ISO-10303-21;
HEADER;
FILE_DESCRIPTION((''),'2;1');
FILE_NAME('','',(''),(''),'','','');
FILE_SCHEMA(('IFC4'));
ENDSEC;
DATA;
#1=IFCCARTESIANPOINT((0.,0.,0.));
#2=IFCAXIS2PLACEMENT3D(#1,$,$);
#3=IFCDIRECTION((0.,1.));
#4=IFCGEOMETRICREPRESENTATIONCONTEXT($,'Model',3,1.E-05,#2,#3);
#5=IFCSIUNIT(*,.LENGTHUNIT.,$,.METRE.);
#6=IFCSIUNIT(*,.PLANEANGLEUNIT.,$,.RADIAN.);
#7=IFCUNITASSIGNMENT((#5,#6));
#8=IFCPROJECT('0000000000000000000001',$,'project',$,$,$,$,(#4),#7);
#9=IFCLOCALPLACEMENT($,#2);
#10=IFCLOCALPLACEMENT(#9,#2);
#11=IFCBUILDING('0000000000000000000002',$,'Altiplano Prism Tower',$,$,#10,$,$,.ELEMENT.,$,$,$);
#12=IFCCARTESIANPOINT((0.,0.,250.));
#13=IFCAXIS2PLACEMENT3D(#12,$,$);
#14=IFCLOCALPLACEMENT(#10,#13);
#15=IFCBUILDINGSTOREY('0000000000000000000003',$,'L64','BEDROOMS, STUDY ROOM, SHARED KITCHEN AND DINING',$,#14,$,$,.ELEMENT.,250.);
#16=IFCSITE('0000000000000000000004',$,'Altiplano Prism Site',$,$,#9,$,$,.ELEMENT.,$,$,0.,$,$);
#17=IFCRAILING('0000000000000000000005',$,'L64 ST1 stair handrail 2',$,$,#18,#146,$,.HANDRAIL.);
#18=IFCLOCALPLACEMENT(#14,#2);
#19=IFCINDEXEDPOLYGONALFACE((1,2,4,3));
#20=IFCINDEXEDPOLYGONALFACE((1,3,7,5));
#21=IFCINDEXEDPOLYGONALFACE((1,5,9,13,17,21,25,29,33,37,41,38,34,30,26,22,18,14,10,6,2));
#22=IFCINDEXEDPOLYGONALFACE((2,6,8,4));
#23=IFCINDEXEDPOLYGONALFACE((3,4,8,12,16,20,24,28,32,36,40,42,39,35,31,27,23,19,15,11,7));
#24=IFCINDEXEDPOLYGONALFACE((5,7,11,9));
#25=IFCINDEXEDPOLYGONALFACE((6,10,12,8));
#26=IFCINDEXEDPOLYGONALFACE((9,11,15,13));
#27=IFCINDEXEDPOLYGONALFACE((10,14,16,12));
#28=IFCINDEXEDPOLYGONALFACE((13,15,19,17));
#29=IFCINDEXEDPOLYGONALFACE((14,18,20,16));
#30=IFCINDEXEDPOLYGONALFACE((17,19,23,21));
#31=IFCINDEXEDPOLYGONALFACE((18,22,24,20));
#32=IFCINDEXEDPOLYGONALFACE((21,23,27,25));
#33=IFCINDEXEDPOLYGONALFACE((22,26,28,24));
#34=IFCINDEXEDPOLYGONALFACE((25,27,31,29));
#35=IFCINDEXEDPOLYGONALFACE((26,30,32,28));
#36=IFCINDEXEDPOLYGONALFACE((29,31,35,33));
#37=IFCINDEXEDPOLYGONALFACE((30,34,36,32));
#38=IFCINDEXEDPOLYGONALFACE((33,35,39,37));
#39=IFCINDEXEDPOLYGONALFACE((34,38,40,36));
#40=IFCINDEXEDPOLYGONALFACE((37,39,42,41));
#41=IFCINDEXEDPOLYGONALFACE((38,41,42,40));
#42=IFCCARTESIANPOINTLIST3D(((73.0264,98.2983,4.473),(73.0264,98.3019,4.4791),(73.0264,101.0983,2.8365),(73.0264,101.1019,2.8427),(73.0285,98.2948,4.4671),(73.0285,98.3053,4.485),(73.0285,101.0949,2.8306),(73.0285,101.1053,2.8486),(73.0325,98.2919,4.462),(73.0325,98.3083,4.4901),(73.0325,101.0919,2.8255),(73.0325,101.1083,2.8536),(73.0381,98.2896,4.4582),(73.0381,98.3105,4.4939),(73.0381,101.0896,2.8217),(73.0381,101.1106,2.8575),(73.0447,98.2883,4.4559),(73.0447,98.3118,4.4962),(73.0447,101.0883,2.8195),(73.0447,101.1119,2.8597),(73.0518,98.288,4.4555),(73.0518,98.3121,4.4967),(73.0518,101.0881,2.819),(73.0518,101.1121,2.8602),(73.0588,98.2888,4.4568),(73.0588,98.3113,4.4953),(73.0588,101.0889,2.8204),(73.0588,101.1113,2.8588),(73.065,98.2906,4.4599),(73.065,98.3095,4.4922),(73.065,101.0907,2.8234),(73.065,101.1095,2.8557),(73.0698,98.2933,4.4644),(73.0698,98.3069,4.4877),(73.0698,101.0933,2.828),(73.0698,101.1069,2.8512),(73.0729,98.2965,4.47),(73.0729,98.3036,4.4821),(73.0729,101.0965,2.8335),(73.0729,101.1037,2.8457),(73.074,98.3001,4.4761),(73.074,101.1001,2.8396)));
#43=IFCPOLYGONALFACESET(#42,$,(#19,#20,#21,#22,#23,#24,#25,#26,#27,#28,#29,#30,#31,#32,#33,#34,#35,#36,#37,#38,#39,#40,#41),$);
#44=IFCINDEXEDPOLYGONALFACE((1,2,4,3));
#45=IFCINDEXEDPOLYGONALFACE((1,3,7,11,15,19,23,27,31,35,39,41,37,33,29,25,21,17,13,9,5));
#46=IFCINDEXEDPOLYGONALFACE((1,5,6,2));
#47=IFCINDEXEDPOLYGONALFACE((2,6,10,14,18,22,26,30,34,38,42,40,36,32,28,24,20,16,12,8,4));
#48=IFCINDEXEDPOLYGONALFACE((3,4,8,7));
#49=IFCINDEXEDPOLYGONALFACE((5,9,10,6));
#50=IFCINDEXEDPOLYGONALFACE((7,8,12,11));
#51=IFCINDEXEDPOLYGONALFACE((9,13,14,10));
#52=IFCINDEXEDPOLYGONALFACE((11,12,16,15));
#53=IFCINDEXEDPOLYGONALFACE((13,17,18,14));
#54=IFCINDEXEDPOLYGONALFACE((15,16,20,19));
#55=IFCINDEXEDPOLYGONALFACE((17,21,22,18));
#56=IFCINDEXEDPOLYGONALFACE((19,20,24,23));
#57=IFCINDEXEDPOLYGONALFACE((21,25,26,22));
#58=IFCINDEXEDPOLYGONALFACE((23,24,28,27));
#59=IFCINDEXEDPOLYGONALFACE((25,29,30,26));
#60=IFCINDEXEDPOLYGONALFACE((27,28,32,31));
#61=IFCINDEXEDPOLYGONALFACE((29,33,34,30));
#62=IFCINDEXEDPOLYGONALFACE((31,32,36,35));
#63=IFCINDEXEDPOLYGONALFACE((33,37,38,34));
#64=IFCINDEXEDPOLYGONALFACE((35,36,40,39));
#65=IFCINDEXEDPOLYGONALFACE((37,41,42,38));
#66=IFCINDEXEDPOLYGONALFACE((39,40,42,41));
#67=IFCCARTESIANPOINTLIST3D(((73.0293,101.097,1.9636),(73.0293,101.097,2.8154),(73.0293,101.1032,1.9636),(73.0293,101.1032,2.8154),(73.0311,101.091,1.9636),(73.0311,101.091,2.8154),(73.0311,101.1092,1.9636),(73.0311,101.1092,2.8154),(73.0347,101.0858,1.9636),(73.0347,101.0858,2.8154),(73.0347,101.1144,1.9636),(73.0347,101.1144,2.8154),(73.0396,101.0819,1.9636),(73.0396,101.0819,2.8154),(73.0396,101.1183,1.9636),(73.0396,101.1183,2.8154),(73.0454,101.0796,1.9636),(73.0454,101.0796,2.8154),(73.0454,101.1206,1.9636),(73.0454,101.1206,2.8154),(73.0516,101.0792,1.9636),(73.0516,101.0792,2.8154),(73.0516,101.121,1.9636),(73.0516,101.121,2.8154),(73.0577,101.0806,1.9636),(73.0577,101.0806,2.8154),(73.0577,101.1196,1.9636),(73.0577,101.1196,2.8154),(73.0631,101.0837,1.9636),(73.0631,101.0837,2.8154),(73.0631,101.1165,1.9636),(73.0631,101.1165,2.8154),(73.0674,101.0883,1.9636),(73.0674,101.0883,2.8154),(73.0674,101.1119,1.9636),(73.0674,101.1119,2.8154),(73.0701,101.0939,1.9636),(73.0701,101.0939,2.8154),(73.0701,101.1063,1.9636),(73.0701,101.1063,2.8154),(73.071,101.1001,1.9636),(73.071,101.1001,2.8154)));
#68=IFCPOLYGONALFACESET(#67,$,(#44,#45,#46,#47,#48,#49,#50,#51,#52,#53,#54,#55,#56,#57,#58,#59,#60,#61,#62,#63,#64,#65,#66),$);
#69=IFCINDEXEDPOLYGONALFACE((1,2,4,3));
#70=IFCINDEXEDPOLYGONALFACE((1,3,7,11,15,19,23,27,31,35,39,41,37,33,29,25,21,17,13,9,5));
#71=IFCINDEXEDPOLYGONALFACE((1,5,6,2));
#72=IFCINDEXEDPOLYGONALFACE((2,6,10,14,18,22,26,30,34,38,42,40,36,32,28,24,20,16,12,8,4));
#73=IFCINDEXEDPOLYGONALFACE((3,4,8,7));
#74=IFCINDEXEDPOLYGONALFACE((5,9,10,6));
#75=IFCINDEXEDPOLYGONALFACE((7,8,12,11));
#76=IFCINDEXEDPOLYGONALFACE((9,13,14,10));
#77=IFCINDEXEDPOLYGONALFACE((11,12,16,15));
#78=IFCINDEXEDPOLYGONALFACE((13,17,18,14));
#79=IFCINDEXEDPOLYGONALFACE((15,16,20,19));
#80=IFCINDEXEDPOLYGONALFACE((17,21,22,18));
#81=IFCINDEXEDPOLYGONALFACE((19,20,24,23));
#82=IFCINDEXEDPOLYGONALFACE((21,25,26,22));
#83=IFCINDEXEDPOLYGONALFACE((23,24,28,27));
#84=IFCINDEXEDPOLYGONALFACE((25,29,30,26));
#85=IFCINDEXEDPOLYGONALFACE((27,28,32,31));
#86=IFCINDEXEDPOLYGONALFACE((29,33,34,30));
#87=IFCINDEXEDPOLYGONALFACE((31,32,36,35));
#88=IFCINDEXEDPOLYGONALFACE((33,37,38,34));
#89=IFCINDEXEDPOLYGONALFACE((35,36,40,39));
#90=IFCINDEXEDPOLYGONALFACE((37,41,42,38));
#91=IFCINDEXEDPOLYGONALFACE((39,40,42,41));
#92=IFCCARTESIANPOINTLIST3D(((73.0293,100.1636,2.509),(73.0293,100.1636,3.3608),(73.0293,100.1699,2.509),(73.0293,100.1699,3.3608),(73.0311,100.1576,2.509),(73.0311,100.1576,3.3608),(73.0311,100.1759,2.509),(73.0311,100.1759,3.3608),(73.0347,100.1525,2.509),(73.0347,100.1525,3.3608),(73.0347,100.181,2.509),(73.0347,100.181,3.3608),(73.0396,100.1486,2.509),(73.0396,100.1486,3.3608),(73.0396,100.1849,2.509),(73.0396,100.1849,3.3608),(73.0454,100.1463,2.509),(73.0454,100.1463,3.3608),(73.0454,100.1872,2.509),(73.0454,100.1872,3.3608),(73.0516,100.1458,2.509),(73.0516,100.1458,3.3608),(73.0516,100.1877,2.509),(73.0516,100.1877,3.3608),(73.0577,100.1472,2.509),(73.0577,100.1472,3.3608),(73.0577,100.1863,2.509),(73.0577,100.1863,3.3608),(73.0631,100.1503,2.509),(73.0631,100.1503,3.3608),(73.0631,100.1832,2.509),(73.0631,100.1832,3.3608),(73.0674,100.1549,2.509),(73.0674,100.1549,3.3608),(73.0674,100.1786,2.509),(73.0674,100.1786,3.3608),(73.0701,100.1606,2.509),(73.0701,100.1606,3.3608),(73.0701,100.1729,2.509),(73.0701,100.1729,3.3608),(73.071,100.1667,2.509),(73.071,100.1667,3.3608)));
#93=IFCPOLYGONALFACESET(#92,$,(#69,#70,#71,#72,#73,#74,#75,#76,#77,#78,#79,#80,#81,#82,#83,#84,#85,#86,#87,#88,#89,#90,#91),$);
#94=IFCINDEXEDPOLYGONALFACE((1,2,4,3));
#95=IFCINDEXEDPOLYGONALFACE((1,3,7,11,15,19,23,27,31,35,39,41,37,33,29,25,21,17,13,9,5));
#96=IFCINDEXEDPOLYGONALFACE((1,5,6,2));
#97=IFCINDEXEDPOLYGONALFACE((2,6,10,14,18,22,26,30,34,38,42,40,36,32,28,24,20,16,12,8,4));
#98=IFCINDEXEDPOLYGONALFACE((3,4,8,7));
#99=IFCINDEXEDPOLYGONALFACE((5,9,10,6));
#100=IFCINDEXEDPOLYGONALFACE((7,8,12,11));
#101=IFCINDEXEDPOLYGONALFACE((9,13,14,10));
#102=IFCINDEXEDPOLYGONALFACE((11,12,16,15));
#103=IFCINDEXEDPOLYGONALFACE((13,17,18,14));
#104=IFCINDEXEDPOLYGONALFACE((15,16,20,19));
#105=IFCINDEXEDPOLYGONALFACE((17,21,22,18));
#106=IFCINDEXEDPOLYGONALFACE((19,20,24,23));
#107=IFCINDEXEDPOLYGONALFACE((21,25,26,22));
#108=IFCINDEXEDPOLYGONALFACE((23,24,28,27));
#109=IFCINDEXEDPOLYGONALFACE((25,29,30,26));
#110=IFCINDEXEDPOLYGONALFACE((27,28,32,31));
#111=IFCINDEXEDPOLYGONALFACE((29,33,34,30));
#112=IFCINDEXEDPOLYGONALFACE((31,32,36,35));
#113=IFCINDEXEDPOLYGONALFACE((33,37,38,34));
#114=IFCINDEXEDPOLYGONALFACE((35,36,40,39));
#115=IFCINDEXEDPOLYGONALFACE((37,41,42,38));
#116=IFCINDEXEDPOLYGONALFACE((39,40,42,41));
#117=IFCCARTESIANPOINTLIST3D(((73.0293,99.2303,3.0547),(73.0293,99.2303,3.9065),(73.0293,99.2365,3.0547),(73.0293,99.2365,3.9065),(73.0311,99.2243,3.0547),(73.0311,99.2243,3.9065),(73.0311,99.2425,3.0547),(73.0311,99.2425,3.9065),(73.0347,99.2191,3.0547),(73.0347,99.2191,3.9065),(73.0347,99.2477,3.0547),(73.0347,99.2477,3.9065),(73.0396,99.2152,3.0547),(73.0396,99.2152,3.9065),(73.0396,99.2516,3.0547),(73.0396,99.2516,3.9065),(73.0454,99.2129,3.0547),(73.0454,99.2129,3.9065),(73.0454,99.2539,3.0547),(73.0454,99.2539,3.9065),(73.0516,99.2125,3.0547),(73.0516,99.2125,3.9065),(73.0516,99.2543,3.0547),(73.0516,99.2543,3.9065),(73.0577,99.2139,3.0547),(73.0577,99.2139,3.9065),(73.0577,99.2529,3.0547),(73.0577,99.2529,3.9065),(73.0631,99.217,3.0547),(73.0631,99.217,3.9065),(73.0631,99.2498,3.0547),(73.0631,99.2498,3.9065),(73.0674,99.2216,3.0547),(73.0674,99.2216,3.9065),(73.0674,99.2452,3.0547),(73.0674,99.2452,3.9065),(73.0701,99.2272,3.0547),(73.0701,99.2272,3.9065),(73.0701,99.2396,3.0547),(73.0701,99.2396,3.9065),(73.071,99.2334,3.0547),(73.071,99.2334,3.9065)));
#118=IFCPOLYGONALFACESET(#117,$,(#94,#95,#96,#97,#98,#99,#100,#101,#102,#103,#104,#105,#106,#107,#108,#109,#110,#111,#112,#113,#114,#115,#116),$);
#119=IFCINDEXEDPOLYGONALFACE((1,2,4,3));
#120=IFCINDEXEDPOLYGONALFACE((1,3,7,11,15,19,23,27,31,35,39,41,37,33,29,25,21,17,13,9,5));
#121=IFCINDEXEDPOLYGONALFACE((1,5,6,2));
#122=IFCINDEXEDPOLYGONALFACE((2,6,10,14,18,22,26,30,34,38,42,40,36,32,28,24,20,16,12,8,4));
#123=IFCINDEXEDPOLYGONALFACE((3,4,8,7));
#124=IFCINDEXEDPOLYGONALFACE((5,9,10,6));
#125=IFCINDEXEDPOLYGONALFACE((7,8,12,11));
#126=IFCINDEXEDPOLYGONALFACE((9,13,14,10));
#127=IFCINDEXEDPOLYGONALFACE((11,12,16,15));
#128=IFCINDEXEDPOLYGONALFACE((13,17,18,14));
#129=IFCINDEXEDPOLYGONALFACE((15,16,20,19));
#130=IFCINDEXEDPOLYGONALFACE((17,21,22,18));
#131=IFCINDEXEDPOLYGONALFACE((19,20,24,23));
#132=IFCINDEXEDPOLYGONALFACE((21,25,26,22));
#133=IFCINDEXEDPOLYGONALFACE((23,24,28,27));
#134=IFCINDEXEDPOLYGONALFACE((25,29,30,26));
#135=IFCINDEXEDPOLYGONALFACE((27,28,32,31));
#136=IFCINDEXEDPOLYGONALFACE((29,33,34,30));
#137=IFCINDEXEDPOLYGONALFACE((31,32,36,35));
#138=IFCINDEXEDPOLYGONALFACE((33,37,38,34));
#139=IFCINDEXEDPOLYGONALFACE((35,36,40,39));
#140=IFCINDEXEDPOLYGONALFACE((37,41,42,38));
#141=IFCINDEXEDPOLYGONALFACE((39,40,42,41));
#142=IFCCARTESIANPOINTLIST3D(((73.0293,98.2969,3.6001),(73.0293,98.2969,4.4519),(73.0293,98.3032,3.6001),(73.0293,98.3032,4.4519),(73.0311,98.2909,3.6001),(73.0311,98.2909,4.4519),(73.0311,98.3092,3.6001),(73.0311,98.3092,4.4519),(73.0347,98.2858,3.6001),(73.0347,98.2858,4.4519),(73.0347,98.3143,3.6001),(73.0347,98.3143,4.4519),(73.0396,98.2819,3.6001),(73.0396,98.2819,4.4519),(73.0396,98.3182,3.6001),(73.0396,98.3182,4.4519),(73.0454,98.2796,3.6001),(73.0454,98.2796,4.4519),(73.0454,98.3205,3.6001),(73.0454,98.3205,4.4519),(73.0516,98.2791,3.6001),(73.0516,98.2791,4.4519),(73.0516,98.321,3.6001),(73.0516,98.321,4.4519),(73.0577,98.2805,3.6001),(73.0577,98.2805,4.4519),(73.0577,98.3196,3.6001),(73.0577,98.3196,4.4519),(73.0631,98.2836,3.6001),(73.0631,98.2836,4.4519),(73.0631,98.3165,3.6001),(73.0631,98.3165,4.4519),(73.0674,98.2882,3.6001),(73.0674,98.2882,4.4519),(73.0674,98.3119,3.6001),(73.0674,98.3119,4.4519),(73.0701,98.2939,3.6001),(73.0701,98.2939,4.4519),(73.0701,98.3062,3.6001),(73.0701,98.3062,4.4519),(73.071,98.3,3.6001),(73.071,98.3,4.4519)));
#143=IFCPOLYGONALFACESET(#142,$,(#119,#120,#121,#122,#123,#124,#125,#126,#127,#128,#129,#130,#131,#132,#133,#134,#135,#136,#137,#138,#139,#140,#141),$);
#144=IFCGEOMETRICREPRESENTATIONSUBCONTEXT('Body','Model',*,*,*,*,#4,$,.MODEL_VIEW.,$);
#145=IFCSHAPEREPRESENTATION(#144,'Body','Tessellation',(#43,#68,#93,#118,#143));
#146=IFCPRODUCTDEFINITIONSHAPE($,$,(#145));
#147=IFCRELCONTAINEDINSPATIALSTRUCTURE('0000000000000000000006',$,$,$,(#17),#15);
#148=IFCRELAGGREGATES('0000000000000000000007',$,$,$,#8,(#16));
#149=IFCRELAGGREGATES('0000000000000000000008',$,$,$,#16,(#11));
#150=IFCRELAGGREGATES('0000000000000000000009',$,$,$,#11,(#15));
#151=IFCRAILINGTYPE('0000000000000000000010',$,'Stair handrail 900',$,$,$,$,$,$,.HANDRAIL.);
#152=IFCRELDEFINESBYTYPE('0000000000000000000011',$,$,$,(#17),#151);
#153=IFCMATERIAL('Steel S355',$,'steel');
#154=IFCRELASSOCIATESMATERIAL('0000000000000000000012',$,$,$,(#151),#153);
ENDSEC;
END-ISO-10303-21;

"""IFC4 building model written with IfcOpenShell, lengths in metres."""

from ifc_helpers import new_model, si_unit, direction, frame, origin, origin_2d, place, context, subcontext, project, spatial, circle, extrude, material, type_object, element, save


model = new_model("IFC4")

# Units and contexts
model_context = context("Model", 3, precision=1e-05, world=origin(), true_north=direction((0.0, 1.0)))
body_context = subcontext(model_context, "Body", "Model", "MODEL_VIEW")
ifc_project = project(units=[si_unit("LENGTHUNIT", "METRE"), si_unit("PLANEANGLEUNIT", "RADIAN")], contexts=[model_context])

# Site, building, storey
site_placement = place(None, origin())
site = spatial("IfcSite", under=ifc_project, at=site_placement, Name="Altiplano Prism Site", CompositionType="ELEMENT", RefElevation=0.0)
building_placement = place(site_placement, origin())
building = spatial("IfcBuilding", under=site, at=building_placement, Name="Altiplano Prism Tower", CompositionType="ELEMENT")
storey_placement = place(building_placement, frame((0.0, 0.0, 250.0)))
storey = spatial("IfcBuildingStorey", under=building, at=storey_placement, Name="L64", Description="BEDROOMS, STUDY ROOM, SHARED KITCHEN AND DINING", CompositionType="ELEMENT", Elevation=250.0)

# Railing
ifc_material_1 = material(Name="Steel S355", Category="steel")
railing_type = type_object("IfcRailingType", Name="Stair handrail 900", PredefinedType="HANDRAIL", material=ifc_material_1)
railing_placement = place(storey_placement, frame((73.05, 101.1001, 1.9636)))
element("IfcRailing", 1, at=railing_placement, inside=storey, type_object=railing_type, Name="L64 ST1 stair handrail 2", PredefinedType="HANDRAIL", context=body_context, shape_type="SweptSolid", body=[
    extrude(circle(Radius=0.0239, at=origin_2d()), frame((0.0, 0.0, 0.876), z_axis=(0.0, -0.863361, 0.504587), x_axis=(1.0, 0.0, 0.0)), (0.0, 0.0, 1.0), 3.2432),
    extrude(circle(Radius=0.021, at=origin_2d()), origin(), (0.0, 0.0, 1.0), 0.8518),
    extrude(circle(Radius=0.021, at=origin_2d()), frame((0.0, -0.9333, 0.5454)), (0.0, 0.0, 1.0), 0.8518),
    extrude(circle(Radius=0.021, at=origin_2d()), frame((0.0, -1.8667, 1.0911)), (0.0, 0.0, 1.0), 0.8518),
    extrude(circle(Radius=0.021, at=origin_2d()), frame((0.0, -2.8, 1.6365)), (0.0, 0.0, 1.0), 0.8518),
])

save(model, "model.ifc")
